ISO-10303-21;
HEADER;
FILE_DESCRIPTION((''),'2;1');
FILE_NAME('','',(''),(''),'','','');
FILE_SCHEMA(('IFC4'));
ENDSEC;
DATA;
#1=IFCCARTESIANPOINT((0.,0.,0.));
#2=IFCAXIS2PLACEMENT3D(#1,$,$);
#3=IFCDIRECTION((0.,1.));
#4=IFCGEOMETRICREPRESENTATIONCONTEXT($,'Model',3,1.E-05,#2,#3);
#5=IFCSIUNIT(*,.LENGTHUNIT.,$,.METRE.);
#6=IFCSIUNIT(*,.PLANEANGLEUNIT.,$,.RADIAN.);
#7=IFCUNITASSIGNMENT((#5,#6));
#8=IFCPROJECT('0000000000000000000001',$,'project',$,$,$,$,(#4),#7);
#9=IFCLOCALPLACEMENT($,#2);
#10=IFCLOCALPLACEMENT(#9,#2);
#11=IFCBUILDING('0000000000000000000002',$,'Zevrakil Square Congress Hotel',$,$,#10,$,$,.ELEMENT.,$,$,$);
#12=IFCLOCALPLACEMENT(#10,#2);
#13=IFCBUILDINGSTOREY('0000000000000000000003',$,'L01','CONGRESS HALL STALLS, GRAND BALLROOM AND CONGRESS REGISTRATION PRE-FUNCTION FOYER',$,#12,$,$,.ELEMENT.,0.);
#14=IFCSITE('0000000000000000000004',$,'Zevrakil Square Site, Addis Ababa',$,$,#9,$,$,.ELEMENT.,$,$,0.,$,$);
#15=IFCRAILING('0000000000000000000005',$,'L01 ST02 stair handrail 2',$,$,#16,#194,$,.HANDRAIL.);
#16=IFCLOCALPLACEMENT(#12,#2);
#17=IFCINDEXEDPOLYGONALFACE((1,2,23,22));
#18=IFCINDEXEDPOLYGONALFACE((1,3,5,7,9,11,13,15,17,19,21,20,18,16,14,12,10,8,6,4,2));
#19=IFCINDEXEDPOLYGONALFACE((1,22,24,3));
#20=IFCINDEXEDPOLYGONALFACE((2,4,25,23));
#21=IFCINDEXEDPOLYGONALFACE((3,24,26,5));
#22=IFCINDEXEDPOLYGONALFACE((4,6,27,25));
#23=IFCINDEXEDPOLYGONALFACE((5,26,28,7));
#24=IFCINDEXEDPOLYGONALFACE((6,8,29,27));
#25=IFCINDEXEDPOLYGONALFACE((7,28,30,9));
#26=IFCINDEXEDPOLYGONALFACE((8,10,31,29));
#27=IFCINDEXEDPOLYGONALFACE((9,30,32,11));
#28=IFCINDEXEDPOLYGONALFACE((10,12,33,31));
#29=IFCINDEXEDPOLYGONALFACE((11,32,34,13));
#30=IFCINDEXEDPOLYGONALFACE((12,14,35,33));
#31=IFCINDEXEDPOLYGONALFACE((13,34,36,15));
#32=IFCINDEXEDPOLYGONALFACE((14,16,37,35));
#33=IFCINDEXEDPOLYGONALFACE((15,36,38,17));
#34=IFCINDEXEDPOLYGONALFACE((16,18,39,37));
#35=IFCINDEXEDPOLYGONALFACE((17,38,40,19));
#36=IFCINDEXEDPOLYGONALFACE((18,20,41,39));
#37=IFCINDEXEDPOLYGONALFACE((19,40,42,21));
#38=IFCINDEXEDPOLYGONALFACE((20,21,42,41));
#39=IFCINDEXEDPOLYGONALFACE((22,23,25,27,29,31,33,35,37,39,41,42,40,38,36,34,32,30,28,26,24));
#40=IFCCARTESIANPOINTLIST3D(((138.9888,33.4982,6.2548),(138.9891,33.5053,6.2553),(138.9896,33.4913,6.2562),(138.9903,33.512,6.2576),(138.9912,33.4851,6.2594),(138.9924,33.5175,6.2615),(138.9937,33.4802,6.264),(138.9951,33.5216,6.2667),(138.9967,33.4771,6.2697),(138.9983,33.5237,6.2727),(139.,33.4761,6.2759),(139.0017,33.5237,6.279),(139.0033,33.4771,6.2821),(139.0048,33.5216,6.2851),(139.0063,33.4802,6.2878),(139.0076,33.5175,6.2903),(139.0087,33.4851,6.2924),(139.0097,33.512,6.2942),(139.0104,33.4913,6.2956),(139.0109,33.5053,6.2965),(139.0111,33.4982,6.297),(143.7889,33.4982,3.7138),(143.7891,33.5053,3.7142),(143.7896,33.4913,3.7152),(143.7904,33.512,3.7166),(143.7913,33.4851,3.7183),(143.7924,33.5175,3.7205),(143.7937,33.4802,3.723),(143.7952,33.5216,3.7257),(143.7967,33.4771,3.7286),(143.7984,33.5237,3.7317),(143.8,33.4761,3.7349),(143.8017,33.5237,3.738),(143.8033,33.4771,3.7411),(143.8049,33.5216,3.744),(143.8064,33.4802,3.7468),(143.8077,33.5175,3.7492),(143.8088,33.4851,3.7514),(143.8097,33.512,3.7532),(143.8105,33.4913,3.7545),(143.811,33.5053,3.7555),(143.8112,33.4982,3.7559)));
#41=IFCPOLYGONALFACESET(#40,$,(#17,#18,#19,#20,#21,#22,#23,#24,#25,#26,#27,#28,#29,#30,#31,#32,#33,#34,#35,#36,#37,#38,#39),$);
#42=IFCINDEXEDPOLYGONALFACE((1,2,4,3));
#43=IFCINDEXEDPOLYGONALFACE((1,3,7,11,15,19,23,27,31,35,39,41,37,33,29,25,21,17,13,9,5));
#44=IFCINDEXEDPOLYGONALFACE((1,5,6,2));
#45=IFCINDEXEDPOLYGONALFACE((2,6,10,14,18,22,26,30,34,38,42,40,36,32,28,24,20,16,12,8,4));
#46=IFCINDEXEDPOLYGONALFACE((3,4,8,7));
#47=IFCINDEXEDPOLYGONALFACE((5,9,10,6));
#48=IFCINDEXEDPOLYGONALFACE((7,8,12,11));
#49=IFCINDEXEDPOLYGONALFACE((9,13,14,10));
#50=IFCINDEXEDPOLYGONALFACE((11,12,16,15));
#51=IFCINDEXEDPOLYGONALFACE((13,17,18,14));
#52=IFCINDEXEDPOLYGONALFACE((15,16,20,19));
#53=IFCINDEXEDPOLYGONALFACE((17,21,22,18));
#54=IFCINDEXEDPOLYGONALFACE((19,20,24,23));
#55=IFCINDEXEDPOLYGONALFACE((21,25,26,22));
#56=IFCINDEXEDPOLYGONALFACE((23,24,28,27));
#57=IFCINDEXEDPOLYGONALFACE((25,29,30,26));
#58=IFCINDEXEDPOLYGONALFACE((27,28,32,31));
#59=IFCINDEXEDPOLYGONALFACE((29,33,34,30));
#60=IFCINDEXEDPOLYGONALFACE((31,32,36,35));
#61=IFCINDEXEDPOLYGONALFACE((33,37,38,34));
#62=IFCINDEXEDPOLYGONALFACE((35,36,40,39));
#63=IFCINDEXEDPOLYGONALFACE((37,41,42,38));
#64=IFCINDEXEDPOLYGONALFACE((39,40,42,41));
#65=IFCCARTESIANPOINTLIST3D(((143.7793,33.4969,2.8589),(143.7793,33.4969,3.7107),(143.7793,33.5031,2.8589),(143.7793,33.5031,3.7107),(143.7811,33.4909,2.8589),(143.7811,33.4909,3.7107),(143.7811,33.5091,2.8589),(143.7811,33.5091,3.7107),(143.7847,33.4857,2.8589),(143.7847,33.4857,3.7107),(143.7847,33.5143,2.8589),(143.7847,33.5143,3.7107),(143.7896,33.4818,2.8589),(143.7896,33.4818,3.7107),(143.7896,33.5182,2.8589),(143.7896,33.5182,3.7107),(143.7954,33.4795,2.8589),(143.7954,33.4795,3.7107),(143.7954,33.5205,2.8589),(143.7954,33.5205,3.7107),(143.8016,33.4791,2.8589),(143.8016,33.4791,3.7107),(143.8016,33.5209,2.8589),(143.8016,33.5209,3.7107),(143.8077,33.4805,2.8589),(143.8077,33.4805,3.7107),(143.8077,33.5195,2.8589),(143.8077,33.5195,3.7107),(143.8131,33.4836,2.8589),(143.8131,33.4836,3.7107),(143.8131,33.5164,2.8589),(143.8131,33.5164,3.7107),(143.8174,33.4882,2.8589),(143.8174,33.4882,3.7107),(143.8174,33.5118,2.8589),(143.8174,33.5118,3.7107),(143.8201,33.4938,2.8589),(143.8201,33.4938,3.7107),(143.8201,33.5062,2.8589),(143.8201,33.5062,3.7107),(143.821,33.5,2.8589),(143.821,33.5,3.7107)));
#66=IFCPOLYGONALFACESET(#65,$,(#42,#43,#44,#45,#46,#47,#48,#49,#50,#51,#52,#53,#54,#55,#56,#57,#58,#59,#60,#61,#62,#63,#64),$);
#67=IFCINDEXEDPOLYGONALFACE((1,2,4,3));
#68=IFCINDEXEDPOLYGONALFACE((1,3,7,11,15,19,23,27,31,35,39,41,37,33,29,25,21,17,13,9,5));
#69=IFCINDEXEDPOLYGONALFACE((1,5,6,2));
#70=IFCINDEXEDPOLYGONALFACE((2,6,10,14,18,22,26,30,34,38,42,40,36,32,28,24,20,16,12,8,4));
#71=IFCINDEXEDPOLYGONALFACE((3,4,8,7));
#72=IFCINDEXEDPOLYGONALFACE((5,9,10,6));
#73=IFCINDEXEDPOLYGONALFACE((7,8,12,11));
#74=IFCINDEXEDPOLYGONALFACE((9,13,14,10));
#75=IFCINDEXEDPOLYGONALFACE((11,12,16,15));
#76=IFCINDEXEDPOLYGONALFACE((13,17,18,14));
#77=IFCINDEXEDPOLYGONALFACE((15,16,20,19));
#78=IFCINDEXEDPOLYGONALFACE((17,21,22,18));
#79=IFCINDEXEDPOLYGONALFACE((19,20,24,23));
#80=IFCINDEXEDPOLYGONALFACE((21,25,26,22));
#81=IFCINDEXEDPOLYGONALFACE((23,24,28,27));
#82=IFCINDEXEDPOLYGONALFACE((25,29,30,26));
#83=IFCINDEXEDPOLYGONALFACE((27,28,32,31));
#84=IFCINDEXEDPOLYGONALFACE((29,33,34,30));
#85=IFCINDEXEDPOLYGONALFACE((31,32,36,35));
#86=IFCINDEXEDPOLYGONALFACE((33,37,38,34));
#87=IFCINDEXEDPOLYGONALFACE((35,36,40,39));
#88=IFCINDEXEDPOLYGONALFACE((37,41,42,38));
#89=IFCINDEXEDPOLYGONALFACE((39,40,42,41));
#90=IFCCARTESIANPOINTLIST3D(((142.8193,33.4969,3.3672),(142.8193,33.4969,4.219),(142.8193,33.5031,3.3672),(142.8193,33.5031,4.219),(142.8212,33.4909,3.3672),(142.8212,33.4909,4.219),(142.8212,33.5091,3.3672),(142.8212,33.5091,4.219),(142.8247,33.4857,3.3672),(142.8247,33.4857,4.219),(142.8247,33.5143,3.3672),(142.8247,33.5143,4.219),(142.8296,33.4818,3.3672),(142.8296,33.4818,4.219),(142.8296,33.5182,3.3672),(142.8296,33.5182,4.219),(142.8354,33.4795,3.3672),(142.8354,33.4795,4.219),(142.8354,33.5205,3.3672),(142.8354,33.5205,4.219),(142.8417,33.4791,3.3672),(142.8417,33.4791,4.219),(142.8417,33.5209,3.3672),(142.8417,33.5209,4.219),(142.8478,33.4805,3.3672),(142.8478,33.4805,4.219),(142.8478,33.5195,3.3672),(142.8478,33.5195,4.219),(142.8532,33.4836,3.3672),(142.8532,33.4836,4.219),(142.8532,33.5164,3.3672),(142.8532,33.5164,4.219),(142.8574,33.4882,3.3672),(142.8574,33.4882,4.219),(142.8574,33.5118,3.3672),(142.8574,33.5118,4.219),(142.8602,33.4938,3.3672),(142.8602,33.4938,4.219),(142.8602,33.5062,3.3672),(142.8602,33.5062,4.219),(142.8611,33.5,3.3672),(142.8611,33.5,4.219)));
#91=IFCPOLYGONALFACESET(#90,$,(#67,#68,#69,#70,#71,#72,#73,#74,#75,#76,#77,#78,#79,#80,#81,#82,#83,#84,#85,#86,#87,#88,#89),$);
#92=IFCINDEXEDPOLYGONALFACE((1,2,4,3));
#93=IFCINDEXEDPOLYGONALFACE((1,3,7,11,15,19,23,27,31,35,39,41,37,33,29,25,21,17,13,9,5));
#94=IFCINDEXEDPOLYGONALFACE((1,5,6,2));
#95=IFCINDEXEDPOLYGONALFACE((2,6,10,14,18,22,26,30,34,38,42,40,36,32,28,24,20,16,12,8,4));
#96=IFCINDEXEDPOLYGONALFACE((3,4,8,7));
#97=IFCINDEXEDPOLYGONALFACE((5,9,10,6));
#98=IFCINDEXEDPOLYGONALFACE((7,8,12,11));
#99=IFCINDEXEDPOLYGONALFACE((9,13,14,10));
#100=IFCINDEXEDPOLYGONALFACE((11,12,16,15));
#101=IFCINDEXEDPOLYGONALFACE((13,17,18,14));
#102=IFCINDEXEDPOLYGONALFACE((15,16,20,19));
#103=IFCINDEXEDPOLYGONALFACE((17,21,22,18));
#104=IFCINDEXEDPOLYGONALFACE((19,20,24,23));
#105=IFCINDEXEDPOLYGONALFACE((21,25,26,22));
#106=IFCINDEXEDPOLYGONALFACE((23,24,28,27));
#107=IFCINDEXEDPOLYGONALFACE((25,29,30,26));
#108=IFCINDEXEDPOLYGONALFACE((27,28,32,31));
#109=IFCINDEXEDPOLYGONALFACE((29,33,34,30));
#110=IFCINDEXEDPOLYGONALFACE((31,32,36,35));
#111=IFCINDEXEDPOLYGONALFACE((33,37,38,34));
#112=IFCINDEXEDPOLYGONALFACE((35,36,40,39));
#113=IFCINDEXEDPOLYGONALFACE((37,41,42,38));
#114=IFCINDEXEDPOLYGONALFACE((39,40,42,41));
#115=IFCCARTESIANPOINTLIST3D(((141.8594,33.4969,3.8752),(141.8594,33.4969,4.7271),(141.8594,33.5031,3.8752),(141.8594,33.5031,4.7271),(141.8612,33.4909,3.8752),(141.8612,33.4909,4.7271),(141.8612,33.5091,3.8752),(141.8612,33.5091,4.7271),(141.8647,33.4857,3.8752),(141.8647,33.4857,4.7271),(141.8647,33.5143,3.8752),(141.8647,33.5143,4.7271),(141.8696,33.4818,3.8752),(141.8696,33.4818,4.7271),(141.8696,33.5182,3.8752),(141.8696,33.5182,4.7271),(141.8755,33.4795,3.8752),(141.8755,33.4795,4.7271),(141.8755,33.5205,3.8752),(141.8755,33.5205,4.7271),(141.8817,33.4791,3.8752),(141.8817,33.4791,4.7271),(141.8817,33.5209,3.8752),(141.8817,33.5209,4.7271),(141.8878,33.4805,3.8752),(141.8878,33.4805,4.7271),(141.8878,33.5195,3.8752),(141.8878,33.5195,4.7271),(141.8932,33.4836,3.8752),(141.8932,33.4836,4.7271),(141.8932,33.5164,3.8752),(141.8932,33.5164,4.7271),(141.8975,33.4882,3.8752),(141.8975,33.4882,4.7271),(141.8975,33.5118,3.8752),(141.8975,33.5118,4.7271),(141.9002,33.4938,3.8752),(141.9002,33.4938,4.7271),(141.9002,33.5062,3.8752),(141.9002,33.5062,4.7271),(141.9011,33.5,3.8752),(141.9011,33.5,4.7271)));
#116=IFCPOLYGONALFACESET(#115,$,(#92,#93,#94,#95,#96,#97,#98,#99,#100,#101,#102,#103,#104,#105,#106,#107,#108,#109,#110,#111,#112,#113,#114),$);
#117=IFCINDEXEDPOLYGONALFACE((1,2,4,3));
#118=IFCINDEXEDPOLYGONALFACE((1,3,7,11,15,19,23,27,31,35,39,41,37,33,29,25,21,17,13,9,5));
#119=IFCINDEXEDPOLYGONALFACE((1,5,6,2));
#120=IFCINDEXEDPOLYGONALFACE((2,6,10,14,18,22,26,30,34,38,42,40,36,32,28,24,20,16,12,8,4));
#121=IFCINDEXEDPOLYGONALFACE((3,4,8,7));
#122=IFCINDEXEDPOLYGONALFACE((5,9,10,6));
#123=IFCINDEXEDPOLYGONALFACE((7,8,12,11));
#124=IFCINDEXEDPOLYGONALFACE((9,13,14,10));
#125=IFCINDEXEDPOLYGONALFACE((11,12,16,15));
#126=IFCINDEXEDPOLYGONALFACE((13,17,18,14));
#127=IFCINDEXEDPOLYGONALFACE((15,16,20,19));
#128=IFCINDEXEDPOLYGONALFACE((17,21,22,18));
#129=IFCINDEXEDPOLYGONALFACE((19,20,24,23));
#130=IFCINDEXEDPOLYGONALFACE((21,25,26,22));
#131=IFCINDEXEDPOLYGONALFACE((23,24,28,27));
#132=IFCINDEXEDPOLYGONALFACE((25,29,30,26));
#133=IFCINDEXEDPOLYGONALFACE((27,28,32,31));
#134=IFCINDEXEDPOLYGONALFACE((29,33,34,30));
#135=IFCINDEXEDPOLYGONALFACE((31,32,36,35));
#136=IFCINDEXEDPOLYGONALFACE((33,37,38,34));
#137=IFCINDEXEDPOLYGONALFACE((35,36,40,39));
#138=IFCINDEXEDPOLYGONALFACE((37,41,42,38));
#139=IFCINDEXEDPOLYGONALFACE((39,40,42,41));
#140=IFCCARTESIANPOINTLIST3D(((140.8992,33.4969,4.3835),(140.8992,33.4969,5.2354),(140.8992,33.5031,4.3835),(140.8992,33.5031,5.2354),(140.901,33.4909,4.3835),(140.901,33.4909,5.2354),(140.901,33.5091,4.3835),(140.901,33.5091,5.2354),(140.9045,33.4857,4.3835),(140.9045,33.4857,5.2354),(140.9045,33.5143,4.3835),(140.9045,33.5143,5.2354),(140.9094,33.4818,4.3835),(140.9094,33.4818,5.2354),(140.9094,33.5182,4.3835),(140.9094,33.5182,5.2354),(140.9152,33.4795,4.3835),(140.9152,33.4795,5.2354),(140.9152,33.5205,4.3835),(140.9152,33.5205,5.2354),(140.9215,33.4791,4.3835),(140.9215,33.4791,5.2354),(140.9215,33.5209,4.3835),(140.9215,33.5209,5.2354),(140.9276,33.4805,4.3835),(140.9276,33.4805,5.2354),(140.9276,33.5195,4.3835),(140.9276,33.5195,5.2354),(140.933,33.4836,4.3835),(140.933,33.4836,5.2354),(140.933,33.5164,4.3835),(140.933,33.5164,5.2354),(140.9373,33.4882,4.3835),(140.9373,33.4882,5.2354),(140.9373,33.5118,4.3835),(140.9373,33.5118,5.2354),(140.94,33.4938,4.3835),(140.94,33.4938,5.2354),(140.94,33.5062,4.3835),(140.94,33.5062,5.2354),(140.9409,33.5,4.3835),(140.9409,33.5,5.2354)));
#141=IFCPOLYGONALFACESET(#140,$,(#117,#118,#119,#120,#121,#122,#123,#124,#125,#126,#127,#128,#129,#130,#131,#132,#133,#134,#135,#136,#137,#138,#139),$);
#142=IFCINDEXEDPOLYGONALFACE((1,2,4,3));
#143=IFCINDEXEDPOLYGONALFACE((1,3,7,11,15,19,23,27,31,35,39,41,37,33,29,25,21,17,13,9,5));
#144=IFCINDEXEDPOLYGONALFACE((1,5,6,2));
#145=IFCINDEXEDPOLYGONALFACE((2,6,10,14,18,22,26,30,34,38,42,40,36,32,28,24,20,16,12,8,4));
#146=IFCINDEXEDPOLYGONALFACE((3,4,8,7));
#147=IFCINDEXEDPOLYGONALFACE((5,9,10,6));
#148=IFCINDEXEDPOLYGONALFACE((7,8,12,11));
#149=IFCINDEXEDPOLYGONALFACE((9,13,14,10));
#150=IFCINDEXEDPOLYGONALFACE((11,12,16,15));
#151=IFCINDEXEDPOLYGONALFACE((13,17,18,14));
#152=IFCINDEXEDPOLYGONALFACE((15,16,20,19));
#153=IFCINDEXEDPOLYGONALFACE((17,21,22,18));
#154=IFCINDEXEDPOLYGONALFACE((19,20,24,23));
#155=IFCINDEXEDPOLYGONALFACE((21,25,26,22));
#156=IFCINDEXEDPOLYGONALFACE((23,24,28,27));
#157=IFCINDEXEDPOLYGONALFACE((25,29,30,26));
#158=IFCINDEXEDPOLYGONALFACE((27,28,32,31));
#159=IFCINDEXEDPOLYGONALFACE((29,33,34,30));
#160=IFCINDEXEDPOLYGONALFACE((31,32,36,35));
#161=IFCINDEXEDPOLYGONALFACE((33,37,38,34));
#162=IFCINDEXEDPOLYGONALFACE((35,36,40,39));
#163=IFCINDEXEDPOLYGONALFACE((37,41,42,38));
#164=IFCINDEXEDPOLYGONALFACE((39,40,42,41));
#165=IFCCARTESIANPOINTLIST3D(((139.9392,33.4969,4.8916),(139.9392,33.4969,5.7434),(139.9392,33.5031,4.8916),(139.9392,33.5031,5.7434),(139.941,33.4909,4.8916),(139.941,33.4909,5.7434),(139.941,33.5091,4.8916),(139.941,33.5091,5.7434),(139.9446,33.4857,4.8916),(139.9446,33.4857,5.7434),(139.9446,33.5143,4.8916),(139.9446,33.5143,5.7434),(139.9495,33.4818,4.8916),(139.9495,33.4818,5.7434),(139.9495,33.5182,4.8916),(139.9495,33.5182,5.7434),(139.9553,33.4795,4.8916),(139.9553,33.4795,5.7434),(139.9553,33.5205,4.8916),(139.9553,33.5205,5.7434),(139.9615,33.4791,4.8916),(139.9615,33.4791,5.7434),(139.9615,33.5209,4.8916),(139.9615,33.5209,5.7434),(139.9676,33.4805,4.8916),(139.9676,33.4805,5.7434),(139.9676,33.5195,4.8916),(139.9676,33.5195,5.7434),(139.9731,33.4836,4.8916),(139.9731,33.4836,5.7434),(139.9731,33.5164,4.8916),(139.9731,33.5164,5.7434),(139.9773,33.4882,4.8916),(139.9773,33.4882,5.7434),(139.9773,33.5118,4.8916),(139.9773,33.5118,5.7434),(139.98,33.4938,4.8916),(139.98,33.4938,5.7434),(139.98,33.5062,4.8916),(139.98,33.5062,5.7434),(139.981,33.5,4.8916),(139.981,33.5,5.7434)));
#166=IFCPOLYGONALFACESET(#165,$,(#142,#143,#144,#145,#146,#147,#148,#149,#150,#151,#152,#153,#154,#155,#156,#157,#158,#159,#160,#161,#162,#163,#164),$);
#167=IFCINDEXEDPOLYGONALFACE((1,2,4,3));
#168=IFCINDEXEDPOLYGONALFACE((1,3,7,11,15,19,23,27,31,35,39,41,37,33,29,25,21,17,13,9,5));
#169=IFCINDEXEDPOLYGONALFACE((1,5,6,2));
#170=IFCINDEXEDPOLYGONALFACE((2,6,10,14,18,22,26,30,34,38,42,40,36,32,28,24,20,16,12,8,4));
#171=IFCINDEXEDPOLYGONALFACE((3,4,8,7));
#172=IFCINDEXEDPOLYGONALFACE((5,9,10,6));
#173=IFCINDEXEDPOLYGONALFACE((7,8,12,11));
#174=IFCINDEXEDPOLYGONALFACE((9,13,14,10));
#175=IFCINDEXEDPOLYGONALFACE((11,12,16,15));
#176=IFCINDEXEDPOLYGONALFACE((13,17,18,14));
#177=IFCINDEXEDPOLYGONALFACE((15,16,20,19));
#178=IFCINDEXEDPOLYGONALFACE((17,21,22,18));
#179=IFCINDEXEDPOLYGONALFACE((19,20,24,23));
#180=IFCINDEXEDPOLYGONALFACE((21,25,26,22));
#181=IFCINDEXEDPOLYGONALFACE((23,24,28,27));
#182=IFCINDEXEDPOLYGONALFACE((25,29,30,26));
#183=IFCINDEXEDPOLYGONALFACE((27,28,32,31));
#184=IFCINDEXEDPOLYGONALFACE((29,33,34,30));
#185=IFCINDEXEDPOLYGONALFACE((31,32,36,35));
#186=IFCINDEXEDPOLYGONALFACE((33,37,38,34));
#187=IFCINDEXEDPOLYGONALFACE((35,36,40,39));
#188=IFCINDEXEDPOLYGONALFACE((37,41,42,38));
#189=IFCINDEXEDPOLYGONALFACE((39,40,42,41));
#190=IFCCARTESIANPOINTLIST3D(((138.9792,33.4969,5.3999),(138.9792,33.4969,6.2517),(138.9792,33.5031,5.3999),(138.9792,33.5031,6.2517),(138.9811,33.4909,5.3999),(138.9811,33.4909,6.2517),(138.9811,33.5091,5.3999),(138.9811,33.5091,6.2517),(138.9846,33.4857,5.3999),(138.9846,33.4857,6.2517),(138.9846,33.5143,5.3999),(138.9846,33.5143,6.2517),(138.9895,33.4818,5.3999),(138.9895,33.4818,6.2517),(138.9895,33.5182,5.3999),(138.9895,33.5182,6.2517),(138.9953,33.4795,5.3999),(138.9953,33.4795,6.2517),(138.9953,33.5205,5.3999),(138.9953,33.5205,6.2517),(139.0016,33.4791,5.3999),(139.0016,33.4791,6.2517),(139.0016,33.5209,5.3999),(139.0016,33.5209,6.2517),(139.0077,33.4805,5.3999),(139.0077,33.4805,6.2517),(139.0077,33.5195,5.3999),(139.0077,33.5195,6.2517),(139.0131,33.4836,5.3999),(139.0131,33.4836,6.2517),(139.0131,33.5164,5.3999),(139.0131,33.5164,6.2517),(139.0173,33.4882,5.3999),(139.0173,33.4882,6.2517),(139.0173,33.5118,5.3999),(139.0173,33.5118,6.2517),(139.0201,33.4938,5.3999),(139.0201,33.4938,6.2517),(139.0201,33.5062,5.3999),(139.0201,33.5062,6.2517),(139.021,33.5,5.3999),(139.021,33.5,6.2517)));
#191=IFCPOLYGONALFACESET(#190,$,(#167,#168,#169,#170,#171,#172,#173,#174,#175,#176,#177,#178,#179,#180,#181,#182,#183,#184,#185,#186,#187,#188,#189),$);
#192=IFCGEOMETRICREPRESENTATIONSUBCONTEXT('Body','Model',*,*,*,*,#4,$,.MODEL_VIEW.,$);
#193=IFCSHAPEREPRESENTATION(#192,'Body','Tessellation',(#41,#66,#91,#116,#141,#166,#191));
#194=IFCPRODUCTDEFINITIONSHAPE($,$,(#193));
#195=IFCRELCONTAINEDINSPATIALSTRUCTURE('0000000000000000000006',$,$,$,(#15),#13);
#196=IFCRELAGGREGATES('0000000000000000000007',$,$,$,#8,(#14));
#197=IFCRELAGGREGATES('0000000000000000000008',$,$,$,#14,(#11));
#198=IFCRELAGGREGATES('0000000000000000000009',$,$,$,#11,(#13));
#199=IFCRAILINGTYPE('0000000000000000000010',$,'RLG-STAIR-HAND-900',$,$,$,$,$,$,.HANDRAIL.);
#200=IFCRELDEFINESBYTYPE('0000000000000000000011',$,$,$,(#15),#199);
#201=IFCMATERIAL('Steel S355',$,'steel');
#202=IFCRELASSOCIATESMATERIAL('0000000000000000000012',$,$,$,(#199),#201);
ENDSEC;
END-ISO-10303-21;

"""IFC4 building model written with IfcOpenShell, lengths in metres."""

from ifc_helpers import new_model, si_unit, direction, frame, origin, origin_2d, place, context, subcontext, project, spatial, circle, extrude, material, type_object, element, save


model = new_model("IFC4")

# Units and contexts
model_context = context("Model", 3, precision=1e-05, world=origin(), true_north=direction((0.0, 1.0)))
body_context = subcontext(model_context, "Body", "Model", "MODEL_VIEW")
ifc_project = project(units=[si_unit("LENGTHUNIT", "METRE"), si_unit("PLANEANGLEUNIT", "RADIAN")], contexts=[model_context])

# Site, building, storey
site_placement = place(None, origin())
site = spatial("IfcSite", under=ifc_project, at=site_placement, Name="Zevrakil Square Site, Addis Ababa", CompositionType="ELEMENT", RefElevation=0.0)
building_placement = place(site_placement, origin())
building = spatial("IfcBuilding", under=site, at=building_placement, Name="Zevrakil Square Congress Hotel", CompositionType="ELEMENT")
storey_placement = place(building_placement, origin())
storey = spatial("IfcBuildingStorey", under=building, at=storey_placement, Name="L01", Description="CONGRESS HALL STALLS, GRAND BALLROOM AND CONGRESS REGISTRATION PRE-FUNCTION FOYER", CompositionType="ELEMENT", Elevation=0.0)

# Railing
ifc_material_1 = material(Name="Steel S355", Category="steel")
railing_type_1 = type_object("IfcRailingType", Name="RLG-STAIR-HAND-900", PredefinedType="HANDRAIL", material=ifc_material_1)
railing_1_placement = place(storey_placement, frame((143.8, 33.5, 2.8589)))
element("IfcRailing", 1, at=railing_1_placement, inside=storey, type_object=railing_type_1, Name="L01 ST02 stair handrail 2", PredefinedType="HANDRAIL", context=body_context, shape_type="SweptSolid", body=[
    extrude(circle(Radius=0.0239, at=origin_2d()), frame((0.0, 0.0, 0.876), z_axis=(-0.883802, 0.0, 0.467861), x_axis=(0.0, -1.0, 0.0)), (0.0, 0.0, 1.0), 5.4312),
    extrude(circle(Radius=0.021, at=origin_2d()), origin(), (0.0, 0.0, 1.0), 0.8518),
    extrude(circle(Radius=0.021, at=origin_2d()), frame((-0.96, 0.0, 0.5083)), (0.0, 0.0, 1.0), 0.8518),
    extrude(circle(Radius=0.021, at=origin_2d()), frame((-1.9199, 0.0, 1.0164)), (0.0, 0.0, 1.0), 0.8518),
    extrude(circle(Radius=0.021, at=origin_2d()), frame((-2.8801, 0.0, 1.5247)), (0.0, 0.0, 1.0), 0.8518),
    extrude(circle(Radius=0.021, at=origin_2d()), frame((-3.8401, 0.0, 2.0327)), (0.0, 0.0, 1.0), 0.8518),
    extrude(circle(Radius=0.021, at=origin_2d()), frame((-4.8, 0.0, 2.541)), (0.0, 0.0, 1.0), 0.8518),
])

save(model, "model.ifc")
